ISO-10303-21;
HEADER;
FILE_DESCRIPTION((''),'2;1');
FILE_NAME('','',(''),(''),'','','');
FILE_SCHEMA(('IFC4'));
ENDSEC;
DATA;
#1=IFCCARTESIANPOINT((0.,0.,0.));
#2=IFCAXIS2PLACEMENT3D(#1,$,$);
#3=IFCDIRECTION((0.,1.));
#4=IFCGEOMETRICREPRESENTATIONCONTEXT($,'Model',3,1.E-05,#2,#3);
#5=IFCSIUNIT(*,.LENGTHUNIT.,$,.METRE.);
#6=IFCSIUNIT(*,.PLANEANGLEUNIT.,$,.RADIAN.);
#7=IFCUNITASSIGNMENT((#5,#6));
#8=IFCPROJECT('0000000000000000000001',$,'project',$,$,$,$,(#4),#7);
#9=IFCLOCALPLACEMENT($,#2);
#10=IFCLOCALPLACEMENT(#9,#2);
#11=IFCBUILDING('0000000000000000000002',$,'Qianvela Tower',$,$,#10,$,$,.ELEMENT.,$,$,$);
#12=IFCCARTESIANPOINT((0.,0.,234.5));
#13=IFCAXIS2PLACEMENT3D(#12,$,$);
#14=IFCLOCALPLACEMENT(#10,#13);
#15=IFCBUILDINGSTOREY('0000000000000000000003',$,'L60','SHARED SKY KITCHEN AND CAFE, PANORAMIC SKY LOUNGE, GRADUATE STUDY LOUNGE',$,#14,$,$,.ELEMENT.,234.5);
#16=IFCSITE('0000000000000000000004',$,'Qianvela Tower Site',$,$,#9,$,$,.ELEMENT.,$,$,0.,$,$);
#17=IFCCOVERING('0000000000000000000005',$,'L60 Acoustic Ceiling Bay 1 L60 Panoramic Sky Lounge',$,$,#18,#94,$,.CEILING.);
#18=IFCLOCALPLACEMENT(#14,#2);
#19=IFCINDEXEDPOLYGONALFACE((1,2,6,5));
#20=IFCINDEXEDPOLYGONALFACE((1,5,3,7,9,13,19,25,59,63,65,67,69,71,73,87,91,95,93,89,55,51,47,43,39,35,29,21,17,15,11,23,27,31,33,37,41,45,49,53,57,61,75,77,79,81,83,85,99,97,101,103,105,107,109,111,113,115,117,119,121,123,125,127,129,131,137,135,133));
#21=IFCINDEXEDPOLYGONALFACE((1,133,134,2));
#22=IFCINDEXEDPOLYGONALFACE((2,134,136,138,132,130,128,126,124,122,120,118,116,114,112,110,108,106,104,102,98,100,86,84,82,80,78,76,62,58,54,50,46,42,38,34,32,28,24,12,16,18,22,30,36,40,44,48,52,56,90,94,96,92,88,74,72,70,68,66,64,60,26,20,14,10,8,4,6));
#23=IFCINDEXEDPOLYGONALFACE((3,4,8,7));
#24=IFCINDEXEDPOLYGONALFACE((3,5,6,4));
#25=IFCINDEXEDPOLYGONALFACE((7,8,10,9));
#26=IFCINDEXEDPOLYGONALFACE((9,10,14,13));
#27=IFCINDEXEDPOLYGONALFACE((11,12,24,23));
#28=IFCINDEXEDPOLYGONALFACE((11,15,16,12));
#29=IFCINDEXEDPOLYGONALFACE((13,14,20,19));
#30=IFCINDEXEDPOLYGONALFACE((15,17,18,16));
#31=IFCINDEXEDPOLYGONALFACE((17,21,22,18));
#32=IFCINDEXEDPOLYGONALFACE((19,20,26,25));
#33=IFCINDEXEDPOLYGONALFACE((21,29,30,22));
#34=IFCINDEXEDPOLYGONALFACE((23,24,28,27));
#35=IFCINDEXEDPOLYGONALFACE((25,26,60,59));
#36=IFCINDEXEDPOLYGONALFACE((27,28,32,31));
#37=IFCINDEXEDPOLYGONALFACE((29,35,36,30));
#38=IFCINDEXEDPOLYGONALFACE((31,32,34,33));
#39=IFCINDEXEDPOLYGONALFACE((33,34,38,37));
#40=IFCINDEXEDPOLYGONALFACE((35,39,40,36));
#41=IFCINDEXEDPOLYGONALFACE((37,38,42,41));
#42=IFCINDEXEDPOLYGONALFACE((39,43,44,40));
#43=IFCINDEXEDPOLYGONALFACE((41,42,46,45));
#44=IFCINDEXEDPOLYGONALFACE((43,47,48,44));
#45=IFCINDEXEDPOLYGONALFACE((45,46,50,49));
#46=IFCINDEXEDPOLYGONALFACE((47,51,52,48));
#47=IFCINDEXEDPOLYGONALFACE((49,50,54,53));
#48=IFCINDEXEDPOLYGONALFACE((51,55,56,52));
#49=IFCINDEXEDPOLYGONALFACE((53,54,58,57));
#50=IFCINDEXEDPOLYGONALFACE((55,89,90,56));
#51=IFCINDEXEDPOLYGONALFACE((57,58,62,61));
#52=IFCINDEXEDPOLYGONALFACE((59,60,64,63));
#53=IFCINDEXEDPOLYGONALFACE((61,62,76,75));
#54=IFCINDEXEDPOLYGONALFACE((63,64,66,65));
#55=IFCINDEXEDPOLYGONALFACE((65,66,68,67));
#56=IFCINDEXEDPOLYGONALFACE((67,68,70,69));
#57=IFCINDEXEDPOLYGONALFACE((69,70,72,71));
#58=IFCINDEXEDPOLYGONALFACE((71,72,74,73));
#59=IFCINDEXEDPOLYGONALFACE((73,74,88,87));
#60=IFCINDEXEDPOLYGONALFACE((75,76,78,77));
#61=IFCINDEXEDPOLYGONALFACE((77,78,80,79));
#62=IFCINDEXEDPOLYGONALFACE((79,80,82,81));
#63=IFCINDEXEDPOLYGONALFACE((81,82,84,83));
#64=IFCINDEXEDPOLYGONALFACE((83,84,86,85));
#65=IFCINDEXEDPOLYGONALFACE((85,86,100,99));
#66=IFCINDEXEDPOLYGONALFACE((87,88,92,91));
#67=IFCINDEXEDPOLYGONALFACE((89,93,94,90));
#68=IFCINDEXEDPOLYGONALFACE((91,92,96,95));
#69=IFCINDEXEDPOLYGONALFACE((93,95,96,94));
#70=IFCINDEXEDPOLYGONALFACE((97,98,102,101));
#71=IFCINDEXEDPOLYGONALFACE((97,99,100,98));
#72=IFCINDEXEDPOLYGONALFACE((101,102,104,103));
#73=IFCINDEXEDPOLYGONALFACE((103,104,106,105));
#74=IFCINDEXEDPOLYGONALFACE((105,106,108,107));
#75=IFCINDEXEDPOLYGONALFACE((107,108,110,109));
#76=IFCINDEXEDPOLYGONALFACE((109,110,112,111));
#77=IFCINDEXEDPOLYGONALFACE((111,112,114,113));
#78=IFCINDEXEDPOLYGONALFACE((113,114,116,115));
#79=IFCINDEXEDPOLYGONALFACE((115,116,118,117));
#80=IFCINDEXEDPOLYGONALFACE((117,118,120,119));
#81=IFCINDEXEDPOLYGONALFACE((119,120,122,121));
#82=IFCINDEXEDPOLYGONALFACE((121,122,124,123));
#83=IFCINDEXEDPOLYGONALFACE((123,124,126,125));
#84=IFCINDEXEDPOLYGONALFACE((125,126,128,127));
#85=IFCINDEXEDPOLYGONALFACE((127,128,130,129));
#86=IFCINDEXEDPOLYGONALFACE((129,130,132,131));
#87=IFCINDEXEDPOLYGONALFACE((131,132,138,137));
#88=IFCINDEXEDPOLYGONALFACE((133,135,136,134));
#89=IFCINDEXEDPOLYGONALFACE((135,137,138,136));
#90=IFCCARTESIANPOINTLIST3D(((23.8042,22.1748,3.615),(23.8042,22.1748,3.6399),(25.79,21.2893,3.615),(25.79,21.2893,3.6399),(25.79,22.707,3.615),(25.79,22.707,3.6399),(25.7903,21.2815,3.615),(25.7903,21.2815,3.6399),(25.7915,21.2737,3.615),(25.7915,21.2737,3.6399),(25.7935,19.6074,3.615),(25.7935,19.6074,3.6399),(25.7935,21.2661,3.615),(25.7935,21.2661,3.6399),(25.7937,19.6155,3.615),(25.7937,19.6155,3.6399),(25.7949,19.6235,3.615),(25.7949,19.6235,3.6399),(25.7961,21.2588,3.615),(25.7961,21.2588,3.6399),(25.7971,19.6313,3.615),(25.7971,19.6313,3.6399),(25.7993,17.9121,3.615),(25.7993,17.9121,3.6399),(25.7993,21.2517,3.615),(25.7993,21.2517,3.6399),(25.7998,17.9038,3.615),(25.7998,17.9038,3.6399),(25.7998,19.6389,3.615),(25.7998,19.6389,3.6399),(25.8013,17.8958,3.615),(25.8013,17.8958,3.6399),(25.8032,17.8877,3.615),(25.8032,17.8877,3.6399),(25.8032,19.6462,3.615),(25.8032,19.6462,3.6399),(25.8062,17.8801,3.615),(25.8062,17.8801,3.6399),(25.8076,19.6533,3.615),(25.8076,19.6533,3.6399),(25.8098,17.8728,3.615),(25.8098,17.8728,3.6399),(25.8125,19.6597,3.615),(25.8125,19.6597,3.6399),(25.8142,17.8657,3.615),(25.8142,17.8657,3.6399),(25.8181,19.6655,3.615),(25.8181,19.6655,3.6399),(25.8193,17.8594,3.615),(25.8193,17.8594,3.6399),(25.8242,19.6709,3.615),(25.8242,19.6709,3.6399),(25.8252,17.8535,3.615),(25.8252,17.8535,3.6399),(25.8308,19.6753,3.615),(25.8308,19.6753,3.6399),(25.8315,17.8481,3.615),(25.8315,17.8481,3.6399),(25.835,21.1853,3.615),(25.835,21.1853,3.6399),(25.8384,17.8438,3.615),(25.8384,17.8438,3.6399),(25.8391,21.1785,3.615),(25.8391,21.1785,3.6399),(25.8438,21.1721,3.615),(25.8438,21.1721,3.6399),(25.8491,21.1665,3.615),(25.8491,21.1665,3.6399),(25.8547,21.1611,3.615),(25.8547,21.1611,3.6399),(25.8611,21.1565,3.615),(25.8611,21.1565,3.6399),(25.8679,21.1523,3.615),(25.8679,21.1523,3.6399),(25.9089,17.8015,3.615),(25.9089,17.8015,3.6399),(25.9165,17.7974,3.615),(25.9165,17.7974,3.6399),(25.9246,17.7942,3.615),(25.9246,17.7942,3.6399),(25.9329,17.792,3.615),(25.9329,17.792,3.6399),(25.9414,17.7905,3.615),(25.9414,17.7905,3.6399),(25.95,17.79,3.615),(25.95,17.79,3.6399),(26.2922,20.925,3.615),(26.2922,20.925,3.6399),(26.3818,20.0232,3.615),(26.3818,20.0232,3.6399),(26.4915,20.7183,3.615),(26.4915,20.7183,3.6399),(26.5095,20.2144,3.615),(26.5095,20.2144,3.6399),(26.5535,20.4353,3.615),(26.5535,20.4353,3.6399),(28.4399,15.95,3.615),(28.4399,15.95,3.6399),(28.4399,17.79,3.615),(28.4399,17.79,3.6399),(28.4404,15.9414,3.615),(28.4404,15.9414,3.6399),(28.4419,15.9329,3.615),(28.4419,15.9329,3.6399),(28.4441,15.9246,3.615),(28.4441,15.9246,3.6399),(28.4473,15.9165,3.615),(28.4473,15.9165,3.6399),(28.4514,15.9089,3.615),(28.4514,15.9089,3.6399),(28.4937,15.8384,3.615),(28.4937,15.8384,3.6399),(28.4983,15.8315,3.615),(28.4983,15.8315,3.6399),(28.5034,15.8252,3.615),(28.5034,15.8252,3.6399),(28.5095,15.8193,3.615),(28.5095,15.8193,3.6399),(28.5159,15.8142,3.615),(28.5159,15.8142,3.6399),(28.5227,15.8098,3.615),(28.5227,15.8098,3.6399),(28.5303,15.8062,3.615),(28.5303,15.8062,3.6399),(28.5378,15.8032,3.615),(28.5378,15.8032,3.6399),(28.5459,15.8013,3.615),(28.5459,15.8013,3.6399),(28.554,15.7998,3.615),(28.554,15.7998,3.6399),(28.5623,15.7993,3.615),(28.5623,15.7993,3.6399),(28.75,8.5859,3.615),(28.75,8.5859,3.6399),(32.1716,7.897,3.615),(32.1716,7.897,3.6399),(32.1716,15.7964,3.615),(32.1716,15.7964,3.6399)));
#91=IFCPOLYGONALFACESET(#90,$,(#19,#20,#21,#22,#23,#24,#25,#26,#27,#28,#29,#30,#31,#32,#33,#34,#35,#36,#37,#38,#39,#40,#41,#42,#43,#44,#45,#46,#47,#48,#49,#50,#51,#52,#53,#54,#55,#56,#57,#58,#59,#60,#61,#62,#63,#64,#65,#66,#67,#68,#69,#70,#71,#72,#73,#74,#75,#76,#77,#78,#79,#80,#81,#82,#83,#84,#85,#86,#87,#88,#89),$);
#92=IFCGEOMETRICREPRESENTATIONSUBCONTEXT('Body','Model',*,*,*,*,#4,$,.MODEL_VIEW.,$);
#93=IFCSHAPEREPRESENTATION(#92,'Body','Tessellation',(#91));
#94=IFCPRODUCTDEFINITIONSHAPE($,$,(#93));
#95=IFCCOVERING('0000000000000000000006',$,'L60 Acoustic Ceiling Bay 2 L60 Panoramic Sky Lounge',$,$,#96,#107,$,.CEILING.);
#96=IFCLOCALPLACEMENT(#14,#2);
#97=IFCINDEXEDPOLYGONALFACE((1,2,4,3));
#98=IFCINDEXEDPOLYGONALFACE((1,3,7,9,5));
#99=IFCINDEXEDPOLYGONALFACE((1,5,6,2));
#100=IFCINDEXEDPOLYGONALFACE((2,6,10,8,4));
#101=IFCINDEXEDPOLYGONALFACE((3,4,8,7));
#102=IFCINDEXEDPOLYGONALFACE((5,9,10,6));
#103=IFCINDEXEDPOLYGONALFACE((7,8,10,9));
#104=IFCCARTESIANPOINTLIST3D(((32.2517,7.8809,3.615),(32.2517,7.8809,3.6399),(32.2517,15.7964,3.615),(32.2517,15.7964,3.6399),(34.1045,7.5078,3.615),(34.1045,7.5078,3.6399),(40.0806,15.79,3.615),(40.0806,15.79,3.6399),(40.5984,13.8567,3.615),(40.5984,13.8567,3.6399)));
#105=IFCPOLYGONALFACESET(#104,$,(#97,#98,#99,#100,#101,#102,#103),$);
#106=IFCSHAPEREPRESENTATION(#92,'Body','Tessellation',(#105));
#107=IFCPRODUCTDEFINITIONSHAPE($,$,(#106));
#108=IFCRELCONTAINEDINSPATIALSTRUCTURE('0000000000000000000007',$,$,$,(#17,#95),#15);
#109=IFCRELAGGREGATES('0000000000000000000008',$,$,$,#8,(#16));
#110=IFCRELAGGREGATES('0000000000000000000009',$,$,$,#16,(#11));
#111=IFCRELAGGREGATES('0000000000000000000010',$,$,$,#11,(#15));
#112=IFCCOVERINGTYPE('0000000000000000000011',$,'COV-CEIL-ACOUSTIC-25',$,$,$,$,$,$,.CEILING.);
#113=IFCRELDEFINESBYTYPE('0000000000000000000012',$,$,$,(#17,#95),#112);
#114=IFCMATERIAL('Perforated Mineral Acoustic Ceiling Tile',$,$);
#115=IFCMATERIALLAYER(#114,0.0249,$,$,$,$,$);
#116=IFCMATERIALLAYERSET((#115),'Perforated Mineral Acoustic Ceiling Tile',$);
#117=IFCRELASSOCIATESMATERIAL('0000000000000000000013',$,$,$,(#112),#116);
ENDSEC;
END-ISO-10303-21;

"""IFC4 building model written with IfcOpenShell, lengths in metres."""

from ifc_helpers import new_model, si_unit, direction, frame, origin, place, context, subcontext, project, spatial, polyline, outline, extrude, material, layer, layer_set, type_object, element, save


model = new_model("IFC4")

# Units and contexts
model_context = context("Model", 3, precision=1e-05, world=origin(), true_north=direction((0.0, 1.0)))
body_context = subcontext(model_context, "Body", "Model", "MODEL_VIEW")
ifc_project = project(units=[si_unit("LENGTHUNIT", "METRE"), si_unit("PLANEANGLEUNIT", "RADIAN")], contexts=[model_context])

# Site, building, storey
site_placement = place(None, origin())
site = spatial("IfcSite", under=ifc_project, at=site_placement, Name="Qianvela Tower Site", CompositionType="ELEMENT", RefElevation=0.0)
building_placement = place(site_placement, origin())
building = spatial("IfcBuilding", under=site, at=building_placement, Name="Qianvela Tower", CompositionType="ELEMENT")
storey_placement = place(building_placement, frame((0.0, 0.0, 234.5)))
storey = spatial("IfcBuildingStorey", under=building, at=storey_placement, Name="L60", Description="SHARED SKY KITCHEN AND CAFE, PANORAMIC SKY LOUNGE, GRADUATE STUDY LOUNGE", CompositionType="ELEMENT", Elevation=234.5)

# Coverings
ifc_material_1 = material(Name="Perforated Mineral Acoustic Ceiling Tile")
ifc_layer_1 = layer(ifc_material_1, 0.0249)
ifc_layer_set_1 = layer_set([ifc_layer_1], Name="Perforated Mineral Acoustic Ceiling Tile")
covering_type_1 = type_object("IfcCoveringType", Name="COV-CEIL-ACOUSTIC-25", PredefinedType="CEILING", material=ifc_layer_set_1)
covering_1_placement = place(storey_placement, frame((0.0, 0.0, 3.615)))
element("IfcCovering", 1, at=covering_1_placement, inside=storey, type_object=covering_type_1, Name="L60 Acoustic Ceiling Bay 1 L60 Panoramic Sky Lounge", PredefinedType="CEILING", context=body_context, shape_type="SweptSolid", body=[
    extrude(outline(polyline([(26.4915, 20.7183), (26.5535, 20.4353), (26.5095, 20.2144), (26.3818, 20.0232), (25.8308, 19.6753), (25.8242, 19.6709), (25.8181, 19.6655), (25.8125, 19.6597), (25.8076, 19.6533), (25.8032, 19.6462), (25.7998, 19.6389), (25.7971, 19.6313), (25.7949, 19.6235), (25.7937, 19.6155), (25.7935, 19.6074), (25.7993, 17.9121), (25.7998, 17.9038), (25.8013, 17.8958), (25.8032, 17.8877), (25.8062, 17.8801), (25.8098, 17.8728), (25.8142, 17.8657), (25.8193, 17.8594), (25.8252, 17.8535), (25.8315, 17.8481), (25.8384, 17.8438), (25.9089, 17.8015), (25.9165, 17.7974), (25.9246, 17.7942), (25.9329, 17.792), (25.9414, 17.7905), (25.95, 17.79), (28.4399, 17.79), (28.4399, 15.95), (28.4404, 15.9414), (28.4419, 15.9329), (28.4441, 15.9246), (28.4473, 15.9165), (28.4514, 15.9089), (28.4937, 15.8384), (28.4983, 15.8315), (28.5034, 15.8252), (28.5095, 15.8193), (28.5159, 15.8142), (28.5227, 15.8098), (28.5303, 15.8062), (28.5378, 15.8032), (28.5459, 15.8013), (28.554, 15.7998), (28.5623, 15.7993), (32.1716, 15.7964), (32.1716, 7.897), (28.75, 8.5859), (23.8042, 22.1748), (25.79, 22.707), (25.79, 21.2893), (25.7903, 21.2815), (25.7915, 21.2737), (25.7935, 21.2661), (25.7961, 21.2588), (25.7993, 21.2517), (25.835, 21.1853), (25.8391, 21.1785), (25.8438, 21.1721), (25.8491, 21.1665), (25.8547, 21.1611), (25.8611, 21.1565), (25.8679, 21.1523), (26.2922, 20.925), (26.4915, 20.7183)])), origin(), (0.0, 0.0, 1.0), 0.0249),
])
covering_2_placement = place(storey_placement, frame((0.0, 0.0, 3.615)))
element("IfcCovering", 2, at=covering_2_placement, inside=storey, type_object=covering_type_1, Name="L60 Acoustic Ceiling Bay 2 L60 Panoramic Sky Lounge", PredefinedType="CEILING", context=body_context, shape_type="SweptSolid", body=[
    extrude(outline(polyline([(40.0806, 15.79), (40.5984, 13.8567), (34.1045, 7.5078), (32.2517, 7.8809), (32.2517, 15.7964), (40.0806, 15.79)])), origin(), (0.0, 0.0, 1.0), 0.0249),
])

save(model, "model.ifc")
